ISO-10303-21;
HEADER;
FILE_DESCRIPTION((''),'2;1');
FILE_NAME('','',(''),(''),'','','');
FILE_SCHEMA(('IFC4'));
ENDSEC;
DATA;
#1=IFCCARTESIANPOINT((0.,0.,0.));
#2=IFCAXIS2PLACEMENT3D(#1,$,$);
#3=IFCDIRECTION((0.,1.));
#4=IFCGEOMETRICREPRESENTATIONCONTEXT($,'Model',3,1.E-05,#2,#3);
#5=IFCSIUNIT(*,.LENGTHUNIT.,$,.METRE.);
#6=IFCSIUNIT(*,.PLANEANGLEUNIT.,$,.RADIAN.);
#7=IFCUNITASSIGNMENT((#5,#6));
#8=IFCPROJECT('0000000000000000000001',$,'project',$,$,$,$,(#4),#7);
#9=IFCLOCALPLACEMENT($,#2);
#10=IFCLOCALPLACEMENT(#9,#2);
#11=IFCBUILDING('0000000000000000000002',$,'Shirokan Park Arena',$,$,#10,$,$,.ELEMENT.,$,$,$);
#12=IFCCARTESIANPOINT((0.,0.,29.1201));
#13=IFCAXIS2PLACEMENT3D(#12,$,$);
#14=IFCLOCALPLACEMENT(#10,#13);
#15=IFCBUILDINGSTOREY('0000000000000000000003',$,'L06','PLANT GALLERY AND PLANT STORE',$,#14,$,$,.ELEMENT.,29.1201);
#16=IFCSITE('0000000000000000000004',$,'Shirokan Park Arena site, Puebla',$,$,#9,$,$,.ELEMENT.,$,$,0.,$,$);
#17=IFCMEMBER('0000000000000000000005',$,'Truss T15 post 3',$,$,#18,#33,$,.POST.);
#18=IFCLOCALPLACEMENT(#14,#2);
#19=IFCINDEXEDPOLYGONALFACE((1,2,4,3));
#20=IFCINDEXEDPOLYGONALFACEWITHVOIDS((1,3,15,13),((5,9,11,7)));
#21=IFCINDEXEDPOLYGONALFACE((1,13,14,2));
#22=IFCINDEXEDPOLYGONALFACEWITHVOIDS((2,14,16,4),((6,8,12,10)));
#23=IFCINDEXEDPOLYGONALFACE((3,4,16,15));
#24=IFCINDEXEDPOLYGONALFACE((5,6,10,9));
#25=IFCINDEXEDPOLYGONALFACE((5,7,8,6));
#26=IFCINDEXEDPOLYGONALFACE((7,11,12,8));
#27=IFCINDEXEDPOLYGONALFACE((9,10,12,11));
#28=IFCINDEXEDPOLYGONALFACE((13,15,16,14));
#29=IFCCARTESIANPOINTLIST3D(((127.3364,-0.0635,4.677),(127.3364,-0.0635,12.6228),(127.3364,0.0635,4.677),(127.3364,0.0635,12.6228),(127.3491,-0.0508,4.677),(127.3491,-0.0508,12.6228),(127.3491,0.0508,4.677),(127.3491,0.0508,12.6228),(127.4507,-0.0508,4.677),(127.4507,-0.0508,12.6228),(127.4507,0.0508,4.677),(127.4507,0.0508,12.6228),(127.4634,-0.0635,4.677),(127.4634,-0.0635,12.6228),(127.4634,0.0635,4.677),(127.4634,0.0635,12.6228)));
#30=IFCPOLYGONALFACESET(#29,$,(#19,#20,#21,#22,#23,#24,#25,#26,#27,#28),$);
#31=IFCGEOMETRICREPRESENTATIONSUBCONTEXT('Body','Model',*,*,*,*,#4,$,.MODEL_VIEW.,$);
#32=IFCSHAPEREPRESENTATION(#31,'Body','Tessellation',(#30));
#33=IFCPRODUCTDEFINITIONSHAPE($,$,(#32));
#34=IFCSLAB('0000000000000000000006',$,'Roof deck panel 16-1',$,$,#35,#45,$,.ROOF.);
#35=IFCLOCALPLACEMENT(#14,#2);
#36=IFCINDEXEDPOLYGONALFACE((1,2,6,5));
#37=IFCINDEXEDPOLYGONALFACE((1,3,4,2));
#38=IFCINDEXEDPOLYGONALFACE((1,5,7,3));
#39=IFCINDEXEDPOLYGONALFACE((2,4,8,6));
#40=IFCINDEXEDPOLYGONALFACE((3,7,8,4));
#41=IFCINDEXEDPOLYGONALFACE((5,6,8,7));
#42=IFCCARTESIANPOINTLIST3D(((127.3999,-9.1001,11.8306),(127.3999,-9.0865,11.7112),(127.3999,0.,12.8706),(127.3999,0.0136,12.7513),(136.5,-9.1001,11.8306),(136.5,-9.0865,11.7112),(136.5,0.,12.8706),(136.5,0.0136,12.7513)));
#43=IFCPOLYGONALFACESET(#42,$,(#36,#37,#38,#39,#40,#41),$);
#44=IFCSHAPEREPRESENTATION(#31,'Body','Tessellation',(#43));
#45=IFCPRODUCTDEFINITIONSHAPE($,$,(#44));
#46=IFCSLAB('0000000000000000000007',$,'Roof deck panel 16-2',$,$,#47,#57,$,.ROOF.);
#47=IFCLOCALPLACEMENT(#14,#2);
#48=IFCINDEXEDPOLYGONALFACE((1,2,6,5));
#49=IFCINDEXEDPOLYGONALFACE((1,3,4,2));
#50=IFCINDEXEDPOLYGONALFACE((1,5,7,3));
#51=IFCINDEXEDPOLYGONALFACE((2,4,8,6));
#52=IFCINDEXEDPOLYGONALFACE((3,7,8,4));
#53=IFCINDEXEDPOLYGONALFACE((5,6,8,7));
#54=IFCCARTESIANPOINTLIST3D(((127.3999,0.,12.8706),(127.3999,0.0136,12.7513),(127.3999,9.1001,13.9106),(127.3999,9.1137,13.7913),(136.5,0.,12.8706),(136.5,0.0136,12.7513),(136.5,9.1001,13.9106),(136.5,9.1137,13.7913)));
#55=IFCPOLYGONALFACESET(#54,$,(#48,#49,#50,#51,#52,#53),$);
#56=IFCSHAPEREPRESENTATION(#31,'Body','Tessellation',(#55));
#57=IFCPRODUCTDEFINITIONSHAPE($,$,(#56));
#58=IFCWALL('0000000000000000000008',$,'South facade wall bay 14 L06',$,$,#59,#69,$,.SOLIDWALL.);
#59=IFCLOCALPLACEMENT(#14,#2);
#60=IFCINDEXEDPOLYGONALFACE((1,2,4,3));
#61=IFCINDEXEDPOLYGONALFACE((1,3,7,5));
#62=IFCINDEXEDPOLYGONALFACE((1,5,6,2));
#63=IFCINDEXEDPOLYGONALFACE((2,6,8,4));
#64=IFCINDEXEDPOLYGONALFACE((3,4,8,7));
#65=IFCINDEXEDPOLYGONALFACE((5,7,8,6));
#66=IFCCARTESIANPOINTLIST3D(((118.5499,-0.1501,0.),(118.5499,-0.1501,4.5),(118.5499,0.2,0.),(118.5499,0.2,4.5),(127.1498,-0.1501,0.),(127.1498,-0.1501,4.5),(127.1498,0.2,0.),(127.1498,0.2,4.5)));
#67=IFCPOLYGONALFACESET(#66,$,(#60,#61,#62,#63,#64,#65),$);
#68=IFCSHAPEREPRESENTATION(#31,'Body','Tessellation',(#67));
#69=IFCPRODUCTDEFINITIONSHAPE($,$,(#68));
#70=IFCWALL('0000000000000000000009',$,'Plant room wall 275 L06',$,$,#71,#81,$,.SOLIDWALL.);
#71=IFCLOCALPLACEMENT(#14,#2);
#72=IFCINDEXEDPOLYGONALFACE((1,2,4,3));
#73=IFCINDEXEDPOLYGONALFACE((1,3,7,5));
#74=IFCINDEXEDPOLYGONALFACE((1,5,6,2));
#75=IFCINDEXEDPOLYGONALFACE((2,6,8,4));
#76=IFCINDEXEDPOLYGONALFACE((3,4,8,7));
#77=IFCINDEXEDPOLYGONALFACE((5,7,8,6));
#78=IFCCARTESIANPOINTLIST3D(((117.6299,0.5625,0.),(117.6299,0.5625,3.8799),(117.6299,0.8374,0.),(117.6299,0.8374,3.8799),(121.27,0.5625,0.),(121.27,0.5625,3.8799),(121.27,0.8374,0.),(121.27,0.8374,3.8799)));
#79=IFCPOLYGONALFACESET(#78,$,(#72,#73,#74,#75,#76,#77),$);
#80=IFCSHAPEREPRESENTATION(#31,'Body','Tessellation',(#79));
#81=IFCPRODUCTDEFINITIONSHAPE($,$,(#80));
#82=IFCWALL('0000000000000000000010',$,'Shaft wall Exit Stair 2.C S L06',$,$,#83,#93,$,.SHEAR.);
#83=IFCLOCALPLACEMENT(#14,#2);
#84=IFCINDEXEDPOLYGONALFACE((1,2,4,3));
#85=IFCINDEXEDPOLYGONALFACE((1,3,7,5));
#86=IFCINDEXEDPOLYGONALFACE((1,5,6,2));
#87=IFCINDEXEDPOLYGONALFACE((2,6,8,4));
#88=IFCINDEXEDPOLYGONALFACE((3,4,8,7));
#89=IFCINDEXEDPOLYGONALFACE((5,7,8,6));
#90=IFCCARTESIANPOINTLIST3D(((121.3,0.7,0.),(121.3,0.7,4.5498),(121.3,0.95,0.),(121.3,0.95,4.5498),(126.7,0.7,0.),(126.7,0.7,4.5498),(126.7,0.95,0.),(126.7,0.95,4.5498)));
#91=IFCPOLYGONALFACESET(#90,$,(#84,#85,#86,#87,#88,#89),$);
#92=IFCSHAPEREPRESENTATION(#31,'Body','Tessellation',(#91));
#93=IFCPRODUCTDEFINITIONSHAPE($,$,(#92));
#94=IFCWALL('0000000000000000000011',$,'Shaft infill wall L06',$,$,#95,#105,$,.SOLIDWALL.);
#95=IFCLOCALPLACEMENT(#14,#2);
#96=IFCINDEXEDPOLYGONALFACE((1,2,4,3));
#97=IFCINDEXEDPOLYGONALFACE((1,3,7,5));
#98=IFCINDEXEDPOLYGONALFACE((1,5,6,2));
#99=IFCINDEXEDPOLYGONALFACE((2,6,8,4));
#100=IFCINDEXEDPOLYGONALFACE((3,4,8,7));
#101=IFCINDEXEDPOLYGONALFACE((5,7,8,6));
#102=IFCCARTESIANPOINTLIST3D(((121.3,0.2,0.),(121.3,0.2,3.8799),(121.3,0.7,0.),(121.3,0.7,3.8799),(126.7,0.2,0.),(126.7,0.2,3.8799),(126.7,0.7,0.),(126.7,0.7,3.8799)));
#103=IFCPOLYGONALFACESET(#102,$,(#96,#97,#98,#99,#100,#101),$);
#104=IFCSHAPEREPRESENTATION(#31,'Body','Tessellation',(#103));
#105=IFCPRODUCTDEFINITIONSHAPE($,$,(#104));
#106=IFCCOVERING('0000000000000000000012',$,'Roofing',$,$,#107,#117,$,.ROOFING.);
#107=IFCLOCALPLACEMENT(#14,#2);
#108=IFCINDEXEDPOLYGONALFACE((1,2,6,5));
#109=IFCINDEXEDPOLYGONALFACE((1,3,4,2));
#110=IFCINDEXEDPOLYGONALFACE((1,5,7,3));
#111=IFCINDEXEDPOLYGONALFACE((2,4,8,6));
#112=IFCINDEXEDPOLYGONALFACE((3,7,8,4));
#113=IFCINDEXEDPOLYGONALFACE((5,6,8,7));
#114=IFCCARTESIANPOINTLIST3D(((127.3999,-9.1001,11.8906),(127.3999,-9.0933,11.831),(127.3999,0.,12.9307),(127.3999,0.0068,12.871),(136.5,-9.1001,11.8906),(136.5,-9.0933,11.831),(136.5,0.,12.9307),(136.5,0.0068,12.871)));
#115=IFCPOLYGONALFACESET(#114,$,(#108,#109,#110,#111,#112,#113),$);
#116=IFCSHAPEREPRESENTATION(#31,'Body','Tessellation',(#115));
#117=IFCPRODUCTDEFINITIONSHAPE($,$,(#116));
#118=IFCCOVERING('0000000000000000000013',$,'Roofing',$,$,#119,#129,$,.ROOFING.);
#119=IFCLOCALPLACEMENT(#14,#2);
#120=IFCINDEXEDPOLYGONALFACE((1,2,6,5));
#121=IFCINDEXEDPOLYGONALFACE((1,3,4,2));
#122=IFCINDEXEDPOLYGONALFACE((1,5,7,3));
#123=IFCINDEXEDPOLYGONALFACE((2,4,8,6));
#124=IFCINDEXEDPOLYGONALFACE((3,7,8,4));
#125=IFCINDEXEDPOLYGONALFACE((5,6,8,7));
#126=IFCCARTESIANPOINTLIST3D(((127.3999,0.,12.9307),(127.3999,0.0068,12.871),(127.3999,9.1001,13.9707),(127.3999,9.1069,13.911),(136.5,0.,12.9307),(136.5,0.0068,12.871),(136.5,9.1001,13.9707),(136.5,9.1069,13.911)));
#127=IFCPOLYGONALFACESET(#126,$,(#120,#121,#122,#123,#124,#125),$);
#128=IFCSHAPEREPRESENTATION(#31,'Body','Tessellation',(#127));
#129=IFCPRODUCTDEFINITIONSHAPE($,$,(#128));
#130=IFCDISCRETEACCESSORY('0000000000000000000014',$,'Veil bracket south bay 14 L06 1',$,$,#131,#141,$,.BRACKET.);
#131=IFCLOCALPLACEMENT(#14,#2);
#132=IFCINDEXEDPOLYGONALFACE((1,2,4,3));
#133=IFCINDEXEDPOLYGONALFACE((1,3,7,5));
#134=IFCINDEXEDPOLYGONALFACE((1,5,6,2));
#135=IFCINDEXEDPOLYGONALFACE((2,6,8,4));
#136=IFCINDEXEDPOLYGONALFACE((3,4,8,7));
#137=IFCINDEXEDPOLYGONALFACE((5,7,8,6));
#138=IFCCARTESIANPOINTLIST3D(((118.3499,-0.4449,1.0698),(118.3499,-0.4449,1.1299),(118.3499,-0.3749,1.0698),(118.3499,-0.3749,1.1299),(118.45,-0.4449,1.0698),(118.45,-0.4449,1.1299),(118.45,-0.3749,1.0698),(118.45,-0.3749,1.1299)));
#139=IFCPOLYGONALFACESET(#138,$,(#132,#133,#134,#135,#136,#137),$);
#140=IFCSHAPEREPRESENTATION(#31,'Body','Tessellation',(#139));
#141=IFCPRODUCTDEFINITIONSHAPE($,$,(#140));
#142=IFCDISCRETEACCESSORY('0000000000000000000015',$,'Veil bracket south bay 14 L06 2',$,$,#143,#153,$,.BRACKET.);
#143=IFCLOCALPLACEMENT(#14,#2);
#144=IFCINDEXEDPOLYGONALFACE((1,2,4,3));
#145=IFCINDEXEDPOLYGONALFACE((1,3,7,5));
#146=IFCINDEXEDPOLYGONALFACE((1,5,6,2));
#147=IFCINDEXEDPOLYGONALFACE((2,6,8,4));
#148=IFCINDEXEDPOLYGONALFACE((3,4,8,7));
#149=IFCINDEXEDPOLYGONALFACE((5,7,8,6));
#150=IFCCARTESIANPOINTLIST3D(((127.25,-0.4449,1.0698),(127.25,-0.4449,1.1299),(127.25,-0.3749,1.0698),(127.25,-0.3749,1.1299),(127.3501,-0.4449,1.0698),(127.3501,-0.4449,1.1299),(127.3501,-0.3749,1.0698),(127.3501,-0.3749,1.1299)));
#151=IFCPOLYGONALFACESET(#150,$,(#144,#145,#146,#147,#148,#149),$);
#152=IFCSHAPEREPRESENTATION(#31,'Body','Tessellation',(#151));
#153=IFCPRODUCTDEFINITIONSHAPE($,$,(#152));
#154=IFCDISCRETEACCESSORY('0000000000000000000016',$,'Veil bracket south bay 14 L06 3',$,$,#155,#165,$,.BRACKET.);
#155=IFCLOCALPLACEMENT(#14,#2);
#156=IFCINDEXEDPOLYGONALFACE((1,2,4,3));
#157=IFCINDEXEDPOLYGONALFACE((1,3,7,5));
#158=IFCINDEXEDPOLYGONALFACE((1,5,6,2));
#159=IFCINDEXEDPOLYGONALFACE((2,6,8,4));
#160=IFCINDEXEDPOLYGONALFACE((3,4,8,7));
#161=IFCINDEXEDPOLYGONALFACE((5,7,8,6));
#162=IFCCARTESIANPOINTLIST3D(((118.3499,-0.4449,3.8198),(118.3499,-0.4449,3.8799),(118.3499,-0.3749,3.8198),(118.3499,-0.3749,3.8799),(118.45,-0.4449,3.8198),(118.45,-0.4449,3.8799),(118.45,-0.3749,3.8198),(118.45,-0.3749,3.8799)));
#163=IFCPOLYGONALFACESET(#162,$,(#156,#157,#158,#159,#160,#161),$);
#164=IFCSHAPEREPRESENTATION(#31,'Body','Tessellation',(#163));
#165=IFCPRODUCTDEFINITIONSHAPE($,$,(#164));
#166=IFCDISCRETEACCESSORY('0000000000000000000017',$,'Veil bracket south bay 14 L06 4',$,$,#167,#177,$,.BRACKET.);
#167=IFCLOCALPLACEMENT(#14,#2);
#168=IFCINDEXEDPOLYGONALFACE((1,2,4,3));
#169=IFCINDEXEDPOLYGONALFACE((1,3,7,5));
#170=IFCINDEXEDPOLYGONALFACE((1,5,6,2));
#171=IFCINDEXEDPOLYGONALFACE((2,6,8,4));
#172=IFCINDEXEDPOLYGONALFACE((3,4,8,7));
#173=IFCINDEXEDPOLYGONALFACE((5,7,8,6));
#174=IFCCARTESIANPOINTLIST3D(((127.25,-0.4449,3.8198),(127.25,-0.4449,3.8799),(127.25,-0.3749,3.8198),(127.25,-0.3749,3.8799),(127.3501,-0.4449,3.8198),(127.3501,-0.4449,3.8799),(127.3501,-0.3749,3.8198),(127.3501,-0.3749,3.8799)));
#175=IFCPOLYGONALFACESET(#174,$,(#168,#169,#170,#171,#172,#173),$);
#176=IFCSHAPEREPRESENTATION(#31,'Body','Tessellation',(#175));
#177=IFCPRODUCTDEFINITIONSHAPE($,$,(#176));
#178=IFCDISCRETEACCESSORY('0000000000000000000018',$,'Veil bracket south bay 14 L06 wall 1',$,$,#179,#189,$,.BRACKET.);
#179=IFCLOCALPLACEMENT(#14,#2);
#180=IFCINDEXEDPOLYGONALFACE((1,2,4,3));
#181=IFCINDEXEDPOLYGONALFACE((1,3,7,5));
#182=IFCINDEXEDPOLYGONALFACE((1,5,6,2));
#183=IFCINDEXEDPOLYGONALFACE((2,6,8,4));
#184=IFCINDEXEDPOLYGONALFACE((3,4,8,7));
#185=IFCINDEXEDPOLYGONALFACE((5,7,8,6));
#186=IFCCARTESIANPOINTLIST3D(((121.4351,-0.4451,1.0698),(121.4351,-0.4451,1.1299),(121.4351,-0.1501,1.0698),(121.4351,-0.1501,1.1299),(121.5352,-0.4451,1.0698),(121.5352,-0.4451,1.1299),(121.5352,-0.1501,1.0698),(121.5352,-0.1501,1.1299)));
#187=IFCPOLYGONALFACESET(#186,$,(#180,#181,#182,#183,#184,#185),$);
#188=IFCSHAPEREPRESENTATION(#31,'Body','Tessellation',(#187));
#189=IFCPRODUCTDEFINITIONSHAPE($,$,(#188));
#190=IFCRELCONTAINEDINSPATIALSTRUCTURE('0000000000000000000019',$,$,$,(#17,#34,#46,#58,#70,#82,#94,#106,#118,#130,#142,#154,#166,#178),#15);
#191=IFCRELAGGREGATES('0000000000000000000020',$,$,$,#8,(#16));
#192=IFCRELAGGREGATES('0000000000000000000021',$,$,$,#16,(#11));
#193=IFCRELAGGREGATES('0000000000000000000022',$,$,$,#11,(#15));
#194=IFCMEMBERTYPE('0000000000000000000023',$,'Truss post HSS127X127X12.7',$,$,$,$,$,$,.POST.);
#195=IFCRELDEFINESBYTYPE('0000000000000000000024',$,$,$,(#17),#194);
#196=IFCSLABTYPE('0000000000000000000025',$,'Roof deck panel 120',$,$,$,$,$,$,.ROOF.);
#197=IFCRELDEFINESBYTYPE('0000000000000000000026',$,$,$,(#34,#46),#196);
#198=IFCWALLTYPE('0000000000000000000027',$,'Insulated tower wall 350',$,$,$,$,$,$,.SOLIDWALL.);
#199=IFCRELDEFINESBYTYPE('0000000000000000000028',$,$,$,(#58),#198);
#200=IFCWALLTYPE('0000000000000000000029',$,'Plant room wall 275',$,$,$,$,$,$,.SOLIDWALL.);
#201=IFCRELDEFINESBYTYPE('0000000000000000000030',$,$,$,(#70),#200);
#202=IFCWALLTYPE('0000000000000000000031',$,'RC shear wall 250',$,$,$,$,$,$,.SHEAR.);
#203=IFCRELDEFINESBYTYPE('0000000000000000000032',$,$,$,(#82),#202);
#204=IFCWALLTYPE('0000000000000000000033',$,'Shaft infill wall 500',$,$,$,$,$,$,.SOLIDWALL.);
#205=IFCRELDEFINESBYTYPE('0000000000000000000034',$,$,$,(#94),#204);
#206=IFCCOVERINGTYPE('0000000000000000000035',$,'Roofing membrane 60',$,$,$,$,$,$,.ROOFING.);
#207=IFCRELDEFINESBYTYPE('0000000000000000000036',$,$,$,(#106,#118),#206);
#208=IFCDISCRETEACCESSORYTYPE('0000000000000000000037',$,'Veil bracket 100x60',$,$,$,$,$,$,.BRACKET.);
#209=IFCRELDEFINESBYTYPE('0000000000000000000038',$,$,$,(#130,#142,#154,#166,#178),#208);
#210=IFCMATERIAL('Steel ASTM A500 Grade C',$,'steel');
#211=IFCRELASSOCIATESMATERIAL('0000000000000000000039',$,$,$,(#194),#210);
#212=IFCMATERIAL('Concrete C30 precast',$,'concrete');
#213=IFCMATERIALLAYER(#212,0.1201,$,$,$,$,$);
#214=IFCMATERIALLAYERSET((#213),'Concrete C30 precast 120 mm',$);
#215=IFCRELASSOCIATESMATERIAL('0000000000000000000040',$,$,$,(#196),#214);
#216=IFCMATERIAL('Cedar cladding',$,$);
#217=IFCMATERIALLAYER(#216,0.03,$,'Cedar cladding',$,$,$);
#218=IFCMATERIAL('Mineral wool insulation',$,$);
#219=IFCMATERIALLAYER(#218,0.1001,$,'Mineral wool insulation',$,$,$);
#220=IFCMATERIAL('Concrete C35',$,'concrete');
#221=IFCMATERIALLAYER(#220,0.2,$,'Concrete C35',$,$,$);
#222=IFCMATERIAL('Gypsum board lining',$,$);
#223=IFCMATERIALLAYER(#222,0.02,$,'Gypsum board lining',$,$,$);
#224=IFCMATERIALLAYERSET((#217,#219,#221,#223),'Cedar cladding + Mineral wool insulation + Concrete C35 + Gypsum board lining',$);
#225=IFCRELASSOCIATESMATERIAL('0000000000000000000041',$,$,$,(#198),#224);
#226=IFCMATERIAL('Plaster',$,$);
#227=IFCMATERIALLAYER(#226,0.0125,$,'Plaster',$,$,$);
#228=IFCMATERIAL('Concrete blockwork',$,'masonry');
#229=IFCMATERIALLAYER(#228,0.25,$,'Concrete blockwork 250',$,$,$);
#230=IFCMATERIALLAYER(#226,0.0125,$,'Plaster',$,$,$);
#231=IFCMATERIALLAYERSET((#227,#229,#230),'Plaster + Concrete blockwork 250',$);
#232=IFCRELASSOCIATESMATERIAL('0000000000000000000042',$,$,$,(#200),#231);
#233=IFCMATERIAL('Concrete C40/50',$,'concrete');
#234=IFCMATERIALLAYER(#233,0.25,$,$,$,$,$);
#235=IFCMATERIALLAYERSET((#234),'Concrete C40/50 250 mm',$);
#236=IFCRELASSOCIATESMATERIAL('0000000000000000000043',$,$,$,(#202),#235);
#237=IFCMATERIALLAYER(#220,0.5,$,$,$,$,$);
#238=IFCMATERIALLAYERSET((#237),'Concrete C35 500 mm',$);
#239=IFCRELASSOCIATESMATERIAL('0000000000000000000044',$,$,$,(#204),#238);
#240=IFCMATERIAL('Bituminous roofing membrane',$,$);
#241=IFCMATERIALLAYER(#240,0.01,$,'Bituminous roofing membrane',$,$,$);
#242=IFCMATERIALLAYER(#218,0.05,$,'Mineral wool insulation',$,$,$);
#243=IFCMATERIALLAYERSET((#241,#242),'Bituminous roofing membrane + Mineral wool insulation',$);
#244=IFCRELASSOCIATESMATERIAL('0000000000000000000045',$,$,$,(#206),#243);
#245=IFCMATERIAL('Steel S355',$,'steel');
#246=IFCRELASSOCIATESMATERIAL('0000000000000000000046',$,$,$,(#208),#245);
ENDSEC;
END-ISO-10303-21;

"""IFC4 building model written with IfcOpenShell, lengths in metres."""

from ifc_helpers import new_model, si_unit, direction, frame, frame_2d, origin, origin_2d, place, context, subcontext, project, spatial, polyline, rectangle, hollow_rectangle, outline, extrude, material, layer, layer_set, material_profile, profile_set, type_object, element, save


model = new_model("IFC4")

# Units and contexts
model_context = context("Model", 3, precision=1e-05, world=origin(), true_north=direction((0.0, 1.0)))
body_context = subcontext(model_context, "Body", "Model", "MODEL_VIEW")
ifc_project = project(units=[si_unit("LENGTHUNIT", "METRE"), si_unit("PLANEANGLEUNIT", "RADIAN")], contexts=[model_context])

# Site, building, storey
site_placement = place(None, origin())
site = spatial("IfcSite", under=ifc_project, at=site_placement, Name="Shirokan Park Arena site, Puebla", CompositionType="ELEMENT", RefElevation=0.0)
building_placement = place(site_placement, origin())
building = spatial("IfcBuilding", under=site, at=building_placement, Name="Shirokan Park Arena", CompositionType="ELEMENT")
storey_placement = place(building_placement, frame((0.0, 0.0, 29.1201)))
storey = spatial("IfcBuildingStorey", under=building, at=storey_placement, Name="L06", Description="PLANT GALLERY AND PLANT STORE", CompositionType="ELEMENT", Elevation=29.1201)

# Shared definitions
ifc_material_1 = material(Name="Concrete C35", Category="concrete")

# Shared definitions
ifc_material_2 = material(Name="Steel ASTM A500 Grade C", Category="steel")

# Member
ifc_material_profile_1 = material_profile(ifc_material_2, hollow_rectangle(XDim=0.127, YDim=0.127, WallThickness=0.0127, at=origin_2d()), Name="HSS127X127X12.7")
ifc_profile_set_1 = profile_set([ifc_material_profile_1], Name="Steel ASTM A500 Grade C")
member_type_1 = type_object("IfcMemberType", Name="Truss post HSS127X127X12.7", PredefinedType="POST", material=ifc_profile_set_1)
member_1_placement = place(storey_placement, frame((127.3999, 0.0, 4.677), z_axis=(0.0, 0.0, 1.0), x_axis=(1.0, 0.0, 0.0)))
element("IfcMember", 1, at=member_1_placement, inside=storey, type_object=member_type_1, Name="Truss T15 post 3", PredefinedType="POST", context=body_context, shape_type="SweptSolid", body=[
    extrude(hollow_rectangle(XDim=0.127, YDim=0.127, WallThickness=0.0127, at=origin_2d()), origin(), (0.0, 0.0, 1.0), 7.9458),
])

# Slabs
ifc_material_3 = material(Name="Concrete C30 precast", Category="concrete")
ifc_layer_1 = layer(ifc_material_3, 0.1201)
ifc_layer_set_1 = layer_set([ifc_layer_1], Name="Concrete C30 precast 120 mm")
slab_type = type_object("IfcSlabType", Name="Roof deck panel 120", PredefinedType="ROOF", material=ifc_layer_set_1)
for number, where, z_axis, x_axis, name in (
    (2, (127.3999, -9.1001, 11.8306), (0.0, -0.11355, 0.993532), (1.0, 0.0, 0.0), "Roof deck panel 16-1"),
    (3, (127.3999, 0.0, 12.8706), (0.0, -0.11355, 0.993532), (1.0, 0.0, 0.0), "Roof deck panel 16-2"),
):
    element("IfcSlab", number, at=place(storey_placement, frame(where, z_axis=z_axis, x_axis=x_axis)), inside=storey, type_object=slab_type, Name=name, PredefinedType="ROOF", context=body_context, shape_type="SweptSolid", body=[
        extrude(outline(polyline([(0.0, 0.0), (9.1001, 0.0), (9.1001, 9.1593), (0.0, 9.1593), (0.0, 0.0)])), origin(), (0.0, 0.0, -1.0), 0.1201),
    ])

# Walls
ifc_material_4 = material(Name="Cedar cladding")
ifc_layer_2 = layer(ifc_material_4, 0.03, Name="Cedar cladding")
ifc_material_5 = material(Name="Mineral wool insulation")
ifc_layer_3 = layer(ifc_material_5, 0.1001, Name="Mineral wool insulation")
ifc_layer_4 = layer(ifc_material_1, 0.2, Name="Concrete C35")
ifc_material_6 = material(Name="Gypsum board lining")
ifc_layer_5 = layer(ifc_material_6, 0.02, Name="Gypsum board lining")
ifc_layer_set_2 = layer_set([ifc_layer_2, ifc_layer_3, ifc_layer_4, ifc_layer_5], Name="Cedar cladding + Mineral wool insulation + Concrete C35 + Gypsum board lining")
wall_type_1 = type_object("IfcWallType", Name="Insulated tower wall 350", PredefinedType="SOLIDWALL", material=ifc_layer_set_2)
wall_1_placement = place(storey_placement, frame((118.55, 0.0249, 0.0), z_axis=(0.0, 0.0, 1.0), x_axis=(1.0, 0.0, 0.0)))
element("IfcWall", 4, at=wall_1_placement, inside=storey, type_object=wall_type_1, Name="South facade wall bay 14 L06", PredefinedType="SOLIDWALL", context=body_context, shape_type="SweptSolid", body=[
    extrude(rectangle(XDim=8.5999, YDim=0.3501, at=frame_2d((4.2998, 0.0))), origin(), (0.0, 0.0, 1.0), 4.5),
])
ifc_material_7 = material(Name="Plaster")
ifc_layer_6 = layer(ifc_material_7, 0.0125, Name="Plaster")
ifc_material_8 = material(Name="Concrete blockwork", Category="masonry")
ifc_layer_7 = layer(ifc_material_8, 0.25, Name="Concrete blockwork 250")
ifc_layer_8 = layer(ifc_material_7, 0.0125, Name="Plaster")
ifc_layer_set_3 = layer_set([ifc_layer_6, ifc_layer_7, ifc_layer_8], Name="Plaster + Concrete blockwork 250")
wall_type_2 = type_object("IfcWallType", Name="Plant room wall 275", PredefinedType="SOLIDWALL", material=ifc_layer_set_3)
wall_2_placement = place(storey_placement, frame((121.27, 0.7, 0.0), z_axis=(0.0, 0.0, 1.0), x_axis=(-1.0, 0.0, 0.0)))
element("IfcWall", 5, at=wall_2_placement, inside=storey, type_object=wall_type_2, Name="Plant room wall 275 L06", PredefinedType="SOLIDWALL", context=body_context, shape_type="SweptSolid", body=[
    extrude(rectangle(XDim=3.6401, YDim=0.2749, at=frame_2d((1.8201, 0.0))), origin(), (0.0, 0.0, 1.0), 3.8799),
])
ifc_material_9 = material(Name="Concrete C40/50", Category="concrete")
ifc_layer_9 = layer(ifc_material_9, 0.25)
ifc_layer_set_4 = layer_set([ifc_layer_9], Name="Concrete C40/50 250 mm")
wall_type_3 = type_object("IfcWallType", Name="RC shear wall 250", PredefinedType="SHEAR", material=ifc_layer_set_4)
wall_3_placement = place(storey_placement, frame((126.7, 0.825, 0.0), z_axis=(0.0, 0.0, 1.0), x_axis=(-1.0, 0.0, 0.0)))
element("IfcWall", 6, at=wall_3_placement, inside=storey, type_object=wall_type_3, Name="Shaft wall Exit Stair 2.C S L06", PredefinedType="SHEAR", context=body_context, shape_type="SweptSolid", body=[
    extrude(rectangle(XDim=5.3999, YDim=0.25, at=frame_2d((2.7, 0.0))), origin(), (0.0, 0.0, 1.0), 4.5498),
])
ifc_layer_10 = layer(ifc_material_1, 0.5)
ifc_layer_set_5 = layer_set([ifc_layer_10], Name="Concrete C35 500 mm")
wall_type_4 = type_object("IfcWallType", Name="Shaft infill wall 500", PredefinedType="SOLIDWALL", material=ifc_layer_set_5)
wall_4_placement = place(storey_placement, frame((121.3, 0.45, 0.0), z_axis=(0.0, 0.0, 1.0), x_axis=(1.0, 0.0, 0.0)))
element("IfcWall", 7, at=wall_4_placement, inside=storey, type_object=wall_type_4, Name="Shaft infill wall L06", PredefinedType="SOLIDWALL", context=body_context, shape_type="SweptSolid", body=[
    extrude(rectangle(XDim=5.3999, YDim=0.5, at=frame_2d((2.7, 0.0))), origin(), (0.0, 0.0, 1.0), 3.8799),
])

# Coverings
ifc_material_10 = material(Name="Bituminous roofing membrane")
ifc_layer_11 = layer(ifc_material_10, 0.01, Name="Bituminous roofing membrane")
ifc_layer_12 = layer(ifc_material_5, 0.05, Name="Mineral wool insulation")
ifc_layer_set_6 = layer_set([ifc_layer_11, ifc_layer_12], Name="Bituminous roofing membrane + Mineral wool insulation")
covering_type = type_object("IfcCoveringType", Name="Roofing membrane 60", PredefinedType="ROOFING", material=ifc_layer_set_6)
for number, where, z_axis, x_axis, name in (
    (8, (127.3999, -9.1001, 11.8906), (0.0, -0.11355, 0.993532), (1.0, 0.0, 0.0), "Roofing"),
    (9, (127.3999, 0.0, 12.9307), (0.0, -0.11355, 0.993532), (1.0, 0.0, 0.0), "Roofing"),
):
    element("IfcCovering", number, at=place(storey_placement, frame(where, z_axis=z_axis, x_axis=x_axis)), inside=storey, type_object=covering_type, Name=name, PredefinedType="ROOFING", context=body_context, shape_type="SweptSolid", body=[
        extrude(outline(polyline([(0.0, 0.0), (9.1001, 0.0), (9.1001, 9.1593), (0.0, 9.1593), (0.0, 0.0)])), origin(), (0.0, 0.0, -1.0), 0.0601),
    ])

# Discrete accessories
ifc_material_11 = material(Name="Steel S355", Category="steel")
discrete_accessory_type = type_object("IfcDiscreteAccessoryType", Name="Veil bracket 100x60", PredefinedType="BRACKET", material=ifc_material_11)
for number, where, z_axis, x_axis, name in (
    (10, (118.3999, -0.4099, 1.0698), (0.0, 0.0, 1.0), (1.0, 0.0, 0.0), "Veil bracket south bay 14 L06 1"),
    (11, (127.3, -0.4099, 1.0698), (0.0, 0.0, 1.0), (1.0, 0.0, 0.0), "Veil bracket south bay 14 L06 2"),
    (12, (118.3999, -0.4099, 3.8198), (0.0, 0.0, 1.0), (1.0, 0.0, 0.0), "Veil bracket south bay 14 L06 3"),
    (13, (127.3, -0.4099, 3.8198), (0.0, 0.0, 1.0), (1.0, 0.0, 0.0), "Veil bracket south bay 14 L06 4"),
):
    element("IfcDiscreteAccessory", number, at=place(storey_placement, frame(where, z_axis=z_axis, x_axis=x_axis)), inside=storey, type_object=discrete_accessory_type, Name=name, PredefinedType="BRACKET", context=body_context, shape_type="SweptSolid", body=[
        extrude(rectangle(XDim=0.1001, YDim=0.0701, at=origin_2d()), origin(), (0.0, 0.0, 1.0), 0.0601),
    ])
for number, where, z_axis, x_axis, name in (
    (14, (121.4851, -0.2976, 1.0698), (0.0, 0.0, 1.0), (1.0, 0.0, 0.0), "Veil bracket south bay 14 L06 wall 1"),
):
    element("IfcDiscreteAccessory", number, at=place(storey_placement, frame(where, z_axis=z_axis, x_axis=x_axis)), inside=storey, type_object=discrete_accessory_type, Name=name, PredefinedType="BRACKET", context=body_context, shape_type="SweptSolid", body=[
        extrude(rectangle(XDim=0.1001, YDim=0.2949, at=origin_2d()), origin(), (0.0, 0.0, 1.0), 0.0601),
    ])

save(model, "model.ifc")
